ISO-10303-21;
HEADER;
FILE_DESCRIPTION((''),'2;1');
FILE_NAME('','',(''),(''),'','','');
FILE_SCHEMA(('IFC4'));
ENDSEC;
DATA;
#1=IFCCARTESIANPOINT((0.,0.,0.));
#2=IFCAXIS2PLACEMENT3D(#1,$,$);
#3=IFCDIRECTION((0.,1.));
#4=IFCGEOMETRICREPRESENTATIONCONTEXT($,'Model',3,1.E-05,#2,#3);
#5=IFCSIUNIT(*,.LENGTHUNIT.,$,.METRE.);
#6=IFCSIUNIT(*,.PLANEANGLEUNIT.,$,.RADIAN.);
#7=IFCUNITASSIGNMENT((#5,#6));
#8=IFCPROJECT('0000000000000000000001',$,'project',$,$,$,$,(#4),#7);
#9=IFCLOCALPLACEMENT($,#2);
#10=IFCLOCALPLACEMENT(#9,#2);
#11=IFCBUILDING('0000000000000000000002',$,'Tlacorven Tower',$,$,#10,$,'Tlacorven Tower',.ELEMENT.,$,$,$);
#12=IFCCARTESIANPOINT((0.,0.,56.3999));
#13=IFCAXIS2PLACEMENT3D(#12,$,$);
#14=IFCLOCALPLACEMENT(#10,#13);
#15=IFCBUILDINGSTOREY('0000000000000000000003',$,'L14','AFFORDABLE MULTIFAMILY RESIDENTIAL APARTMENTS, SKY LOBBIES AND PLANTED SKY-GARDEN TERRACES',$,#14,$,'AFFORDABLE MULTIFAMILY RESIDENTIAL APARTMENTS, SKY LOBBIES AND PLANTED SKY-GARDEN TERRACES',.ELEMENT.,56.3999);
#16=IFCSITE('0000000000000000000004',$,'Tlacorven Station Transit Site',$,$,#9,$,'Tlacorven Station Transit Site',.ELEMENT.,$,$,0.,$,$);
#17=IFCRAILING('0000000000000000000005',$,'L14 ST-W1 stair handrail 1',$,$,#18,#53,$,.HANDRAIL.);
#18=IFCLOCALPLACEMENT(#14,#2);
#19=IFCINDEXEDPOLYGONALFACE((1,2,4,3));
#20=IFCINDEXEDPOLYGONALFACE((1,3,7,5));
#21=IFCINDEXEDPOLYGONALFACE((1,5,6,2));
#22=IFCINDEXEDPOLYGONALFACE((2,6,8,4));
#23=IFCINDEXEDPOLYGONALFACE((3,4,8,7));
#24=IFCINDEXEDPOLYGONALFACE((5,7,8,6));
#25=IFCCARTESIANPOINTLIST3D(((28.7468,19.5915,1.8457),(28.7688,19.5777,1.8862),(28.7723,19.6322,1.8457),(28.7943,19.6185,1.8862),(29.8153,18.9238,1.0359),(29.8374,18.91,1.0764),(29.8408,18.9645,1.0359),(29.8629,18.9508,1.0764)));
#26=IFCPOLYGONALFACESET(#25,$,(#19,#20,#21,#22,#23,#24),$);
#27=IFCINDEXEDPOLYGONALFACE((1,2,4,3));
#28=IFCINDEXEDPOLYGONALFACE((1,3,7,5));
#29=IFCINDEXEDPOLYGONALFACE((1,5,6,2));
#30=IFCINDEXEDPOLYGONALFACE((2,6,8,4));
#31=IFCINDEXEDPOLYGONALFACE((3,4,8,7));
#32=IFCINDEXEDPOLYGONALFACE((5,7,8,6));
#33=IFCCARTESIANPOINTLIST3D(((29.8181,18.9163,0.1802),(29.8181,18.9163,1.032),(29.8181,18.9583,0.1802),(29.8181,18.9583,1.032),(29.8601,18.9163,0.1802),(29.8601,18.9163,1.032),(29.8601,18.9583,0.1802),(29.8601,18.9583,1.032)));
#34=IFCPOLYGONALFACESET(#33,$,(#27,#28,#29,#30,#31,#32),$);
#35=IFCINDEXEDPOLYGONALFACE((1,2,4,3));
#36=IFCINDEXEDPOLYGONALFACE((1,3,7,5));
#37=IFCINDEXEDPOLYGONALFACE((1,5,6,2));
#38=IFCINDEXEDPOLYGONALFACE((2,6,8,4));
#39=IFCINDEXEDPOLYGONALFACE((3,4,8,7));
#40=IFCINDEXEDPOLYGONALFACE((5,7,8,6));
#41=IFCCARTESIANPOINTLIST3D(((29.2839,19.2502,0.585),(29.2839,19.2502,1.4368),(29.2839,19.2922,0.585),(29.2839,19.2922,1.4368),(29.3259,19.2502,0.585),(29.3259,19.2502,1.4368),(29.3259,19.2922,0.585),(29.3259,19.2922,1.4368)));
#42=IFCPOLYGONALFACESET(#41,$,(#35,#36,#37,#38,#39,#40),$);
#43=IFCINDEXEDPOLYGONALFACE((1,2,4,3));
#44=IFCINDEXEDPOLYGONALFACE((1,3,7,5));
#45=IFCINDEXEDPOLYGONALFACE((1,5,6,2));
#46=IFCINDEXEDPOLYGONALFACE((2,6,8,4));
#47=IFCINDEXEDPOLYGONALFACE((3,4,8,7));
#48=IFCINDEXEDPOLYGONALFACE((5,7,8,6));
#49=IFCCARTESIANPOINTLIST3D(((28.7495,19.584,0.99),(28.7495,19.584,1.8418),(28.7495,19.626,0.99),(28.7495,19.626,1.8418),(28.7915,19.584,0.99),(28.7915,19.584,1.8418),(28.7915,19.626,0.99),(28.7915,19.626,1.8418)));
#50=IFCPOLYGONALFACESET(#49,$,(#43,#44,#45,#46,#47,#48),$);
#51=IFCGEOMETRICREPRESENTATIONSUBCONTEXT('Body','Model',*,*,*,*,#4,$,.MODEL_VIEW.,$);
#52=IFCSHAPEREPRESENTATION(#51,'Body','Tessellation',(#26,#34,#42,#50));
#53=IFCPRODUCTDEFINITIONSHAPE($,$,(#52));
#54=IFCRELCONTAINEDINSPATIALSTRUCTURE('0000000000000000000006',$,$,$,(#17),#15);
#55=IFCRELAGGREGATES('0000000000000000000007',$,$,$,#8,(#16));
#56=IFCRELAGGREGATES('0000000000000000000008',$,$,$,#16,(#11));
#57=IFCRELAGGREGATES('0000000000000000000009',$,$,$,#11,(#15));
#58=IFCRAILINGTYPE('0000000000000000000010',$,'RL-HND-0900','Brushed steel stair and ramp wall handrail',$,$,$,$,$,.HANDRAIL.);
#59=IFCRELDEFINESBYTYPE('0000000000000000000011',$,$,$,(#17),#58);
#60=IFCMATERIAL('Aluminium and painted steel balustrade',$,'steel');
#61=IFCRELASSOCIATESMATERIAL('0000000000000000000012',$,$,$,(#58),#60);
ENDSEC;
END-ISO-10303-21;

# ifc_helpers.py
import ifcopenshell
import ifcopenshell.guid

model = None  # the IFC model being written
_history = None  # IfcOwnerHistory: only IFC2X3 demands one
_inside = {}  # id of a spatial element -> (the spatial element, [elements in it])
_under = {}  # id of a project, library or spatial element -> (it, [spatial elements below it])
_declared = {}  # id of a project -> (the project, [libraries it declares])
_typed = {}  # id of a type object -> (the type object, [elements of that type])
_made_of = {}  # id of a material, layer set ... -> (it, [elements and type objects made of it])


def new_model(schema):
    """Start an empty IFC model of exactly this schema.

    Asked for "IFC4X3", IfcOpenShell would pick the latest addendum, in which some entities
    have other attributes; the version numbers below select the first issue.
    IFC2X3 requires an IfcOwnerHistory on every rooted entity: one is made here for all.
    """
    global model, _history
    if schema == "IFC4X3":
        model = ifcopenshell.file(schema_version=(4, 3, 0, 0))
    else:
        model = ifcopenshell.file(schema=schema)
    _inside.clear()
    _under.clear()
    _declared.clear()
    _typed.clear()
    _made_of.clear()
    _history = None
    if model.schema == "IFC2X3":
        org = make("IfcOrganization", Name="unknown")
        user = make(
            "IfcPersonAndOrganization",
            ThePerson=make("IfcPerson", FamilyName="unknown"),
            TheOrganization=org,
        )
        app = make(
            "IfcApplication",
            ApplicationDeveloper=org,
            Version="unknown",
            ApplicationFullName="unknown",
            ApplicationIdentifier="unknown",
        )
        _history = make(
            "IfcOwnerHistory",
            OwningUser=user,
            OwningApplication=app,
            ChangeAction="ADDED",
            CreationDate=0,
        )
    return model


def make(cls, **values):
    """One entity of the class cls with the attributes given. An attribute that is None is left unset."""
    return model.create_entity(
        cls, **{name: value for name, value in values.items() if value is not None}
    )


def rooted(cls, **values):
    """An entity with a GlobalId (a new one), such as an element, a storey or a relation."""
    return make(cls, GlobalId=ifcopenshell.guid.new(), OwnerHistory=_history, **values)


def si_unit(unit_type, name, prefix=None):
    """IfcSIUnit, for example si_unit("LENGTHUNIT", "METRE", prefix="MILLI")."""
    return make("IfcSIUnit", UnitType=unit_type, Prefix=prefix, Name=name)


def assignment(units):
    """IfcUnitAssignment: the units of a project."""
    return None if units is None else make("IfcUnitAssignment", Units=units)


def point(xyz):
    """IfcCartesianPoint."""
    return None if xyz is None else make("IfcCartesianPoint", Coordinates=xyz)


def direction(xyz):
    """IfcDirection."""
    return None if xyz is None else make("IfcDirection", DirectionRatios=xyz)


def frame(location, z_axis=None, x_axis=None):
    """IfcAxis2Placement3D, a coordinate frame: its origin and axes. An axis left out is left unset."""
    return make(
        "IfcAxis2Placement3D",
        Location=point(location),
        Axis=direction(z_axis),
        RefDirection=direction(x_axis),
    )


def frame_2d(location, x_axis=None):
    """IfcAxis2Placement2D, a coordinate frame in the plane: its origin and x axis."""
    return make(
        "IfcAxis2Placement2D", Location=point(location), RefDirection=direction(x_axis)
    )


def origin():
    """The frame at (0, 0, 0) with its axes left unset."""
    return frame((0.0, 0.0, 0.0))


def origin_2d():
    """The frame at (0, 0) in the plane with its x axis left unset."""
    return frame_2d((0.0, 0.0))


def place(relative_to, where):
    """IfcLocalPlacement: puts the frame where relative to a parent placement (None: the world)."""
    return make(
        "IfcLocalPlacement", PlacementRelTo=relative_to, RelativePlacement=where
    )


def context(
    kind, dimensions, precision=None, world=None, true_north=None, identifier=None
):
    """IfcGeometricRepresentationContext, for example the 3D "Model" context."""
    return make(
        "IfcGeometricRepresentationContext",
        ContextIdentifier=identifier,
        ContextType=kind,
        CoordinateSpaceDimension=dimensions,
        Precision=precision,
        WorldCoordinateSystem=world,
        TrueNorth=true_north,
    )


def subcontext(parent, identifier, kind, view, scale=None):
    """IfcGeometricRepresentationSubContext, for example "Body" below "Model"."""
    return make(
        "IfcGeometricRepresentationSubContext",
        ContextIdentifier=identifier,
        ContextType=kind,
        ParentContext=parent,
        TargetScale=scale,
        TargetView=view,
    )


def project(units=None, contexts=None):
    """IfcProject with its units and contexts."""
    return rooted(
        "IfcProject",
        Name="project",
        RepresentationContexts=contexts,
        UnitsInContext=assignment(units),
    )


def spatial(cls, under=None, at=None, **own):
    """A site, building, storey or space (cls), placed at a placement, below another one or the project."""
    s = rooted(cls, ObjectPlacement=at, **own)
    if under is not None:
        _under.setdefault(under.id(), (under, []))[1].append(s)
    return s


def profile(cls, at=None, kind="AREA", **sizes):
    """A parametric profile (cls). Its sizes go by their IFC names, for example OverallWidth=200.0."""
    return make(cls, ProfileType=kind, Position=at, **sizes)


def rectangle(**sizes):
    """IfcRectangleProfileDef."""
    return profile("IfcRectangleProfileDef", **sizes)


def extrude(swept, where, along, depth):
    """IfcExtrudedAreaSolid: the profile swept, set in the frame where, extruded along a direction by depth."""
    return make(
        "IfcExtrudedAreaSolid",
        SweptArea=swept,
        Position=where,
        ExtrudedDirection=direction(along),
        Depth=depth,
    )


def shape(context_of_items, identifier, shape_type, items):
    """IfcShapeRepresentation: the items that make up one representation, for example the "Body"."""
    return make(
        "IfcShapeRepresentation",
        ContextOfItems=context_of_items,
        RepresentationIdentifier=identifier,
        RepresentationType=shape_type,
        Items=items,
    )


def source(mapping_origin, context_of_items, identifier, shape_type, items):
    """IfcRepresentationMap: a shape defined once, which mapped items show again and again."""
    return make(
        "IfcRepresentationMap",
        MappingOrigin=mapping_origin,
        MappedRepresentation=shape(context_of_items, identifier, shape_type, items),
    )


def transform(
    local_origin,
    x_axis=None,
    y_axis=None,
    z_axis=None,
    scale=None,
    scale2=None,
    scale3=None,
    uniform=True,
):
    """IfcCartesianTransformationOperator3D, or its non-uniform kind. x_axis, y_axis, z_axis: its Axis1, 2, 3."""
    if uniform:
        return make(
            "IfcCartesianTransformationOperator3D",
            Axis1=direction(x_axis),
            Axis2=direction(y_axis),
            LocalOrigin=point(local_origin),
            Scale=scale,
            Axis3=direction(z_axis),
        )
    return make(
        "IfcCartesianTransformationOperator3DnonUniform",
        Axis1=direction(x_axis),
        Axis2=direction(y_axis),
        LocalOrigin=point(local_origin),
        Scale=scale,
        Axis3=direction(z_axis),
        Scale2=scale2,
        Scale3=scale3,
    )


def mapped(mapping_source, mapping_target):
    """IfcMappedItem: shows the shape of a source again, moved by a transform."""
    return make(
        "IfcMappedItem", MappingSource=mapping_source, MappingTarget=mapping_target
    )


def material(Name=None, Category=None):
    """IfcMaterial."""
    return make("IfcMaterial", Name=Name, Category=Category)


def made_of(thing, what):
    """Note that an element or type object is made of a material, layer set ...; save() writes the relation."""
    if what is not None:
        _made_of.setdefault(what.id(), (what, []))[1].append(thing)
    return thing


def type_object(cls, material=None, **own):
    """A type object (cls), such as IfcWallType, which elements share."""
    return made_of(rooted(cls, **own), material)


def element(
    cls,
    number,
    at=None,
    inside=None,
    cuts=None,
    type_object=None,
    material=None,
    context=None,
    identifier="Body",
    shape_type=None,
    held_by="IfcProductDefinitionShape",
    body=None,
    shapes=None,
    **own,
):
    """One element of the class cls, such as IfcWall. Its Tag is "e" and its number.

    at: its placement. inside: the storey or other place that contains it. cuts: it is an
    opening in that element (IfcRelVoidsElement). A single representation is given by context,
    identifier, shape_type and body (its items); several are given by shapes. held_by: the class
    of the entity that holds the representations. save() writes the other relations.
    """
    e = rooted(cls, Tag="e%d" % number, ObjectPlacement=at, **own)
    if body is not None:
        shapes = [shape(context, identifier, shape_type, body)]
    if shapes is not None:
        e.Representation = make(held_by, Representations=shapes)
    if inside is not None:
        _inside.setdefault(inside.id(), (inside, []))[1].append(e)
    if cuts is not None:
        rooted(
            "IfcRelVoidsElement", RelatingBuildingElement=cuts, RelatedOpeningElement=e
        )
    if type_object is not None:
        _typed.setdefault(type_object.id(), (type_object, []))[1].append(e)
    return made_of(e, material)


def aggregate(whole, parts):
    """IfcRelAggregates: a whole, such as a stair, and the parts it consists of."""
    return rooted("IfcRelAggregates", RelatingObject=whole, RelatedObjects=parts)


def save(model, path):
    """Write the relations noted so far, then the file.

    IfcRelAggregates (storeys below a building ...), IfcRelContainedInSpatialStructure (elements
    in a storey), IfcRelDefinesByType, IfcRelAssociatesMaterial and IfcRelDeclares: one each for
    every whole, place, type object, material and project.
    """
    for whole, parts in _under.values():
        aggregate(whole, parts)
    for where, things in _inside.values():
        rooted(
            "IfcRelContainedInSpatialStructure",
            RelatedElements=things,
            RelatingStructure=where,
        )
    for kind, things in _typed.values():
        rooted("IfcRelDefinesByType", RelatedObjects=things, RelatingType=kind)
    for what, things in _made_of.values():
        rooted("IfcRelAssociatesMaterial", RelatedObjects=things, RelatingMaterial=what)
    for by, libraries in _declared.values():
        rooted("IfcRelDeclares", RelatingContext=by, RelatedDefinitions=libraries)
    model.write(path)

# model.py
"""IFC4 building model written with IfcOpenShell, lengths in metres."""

from ifc_helpers import new_model, si_unit, direction, frame, origin, origin_2d, place, context, subcontext, project, spatial, rectangle, extrude, source, transform, mapped, material, type_object, element, save


model = new_model("IFC4")

# Units and contexts
model_context = context("Model", 3, precision=1e-05, world=origin(), true_north=direction((0.0, 1.0)))
body_context = subcontext(model_context, "Body", "Model", "MODEL_VIEW")
ifc_project = project(units=[si_unit("LENGTHUNIT", "METRE"), si_unit("PLANEANGLEUNIT", "RADIAN")], contexts=[model_context])

# Site, building, storey
site_placement = place(None, origin())
site = spatial("IfcSite", under=ifc_project, at=site_placement, Name="Tlacorven Station Transit Site", LongName="Tlacorven Station Transit Site", CompositionType="ELEMENT", RefElevation=0.0)
building_placement = place(site_placement, origin())
building = spatial("IfcBuilding", under=site, at=building_placement, Name="Tlacorven Tower", LongName="Tlacorven Tower", CompositionType="ELEMENT")
storey_placement = place(building_placement, frame((0.0, 0.0, 56.3999)))
storey = spatial("IfcBuildingStorey", under=building, at=storey_placement, Name="L14", Description="AFFORDABLE MULTIFAMILY RESIDENTIAL APARTMENTS, SKY LOBBIES AND PLANTED SKY-GARDEN TERRACES", LongName="AFFORDABLE MULTIFAMILY RESIDENTIAL APARTMENTS, SKY LOBBIES AND PLANTED SKY-GARDEN TERRACES", CompositionType="ELEMENT", Elevation=56.3999)

# Railing
ifc_material_1 = material(Name="Aluminium and painted steel balustrade", Category="steel")
railing_type_1 = type_object("IfcRailingType", Name="RL-HND-0900", Description="Brushed steel stair and ramp wall handrail", PredefinedType="HANDRAIL", material=ifc_material_1)
shared_shape_1 = source(origin(), body_context, "Body", "SweptSolid", [
    extrude(rectangle(XDim=0.0481, YDim=0.0481, at=origin_2d()), frame((0.0, 0.0, 0.876), z_axis=(-0.713423, 0.445787, 0.540649), x_axis=(-0.529912, -0.848053, 0.0)), (0.0, 0.0, 1.0), 1.4978),
    extrude(rectangle(XDim=0.042, YDim=0.042, at=origin_2d()), origin(), (0.0, 0.0, 1.0), 0.8518),
    extrude(rectangle(XDim=0.042, YDim=0.042, at=origin_2d()), frame((-0.5342, 0.334, 0.4048)), (0.0, 0.0, 1.0), 0.8518),
    extrude(rectangle(XDim=0.042, YDim=0.042, at=origin_2d()), frame((-1.0686, 0.6677, 0.8098)), (0.0, 0.0, 1.0), 0.8518),
])
railing_1_placement = place(storey_placement, frame((29.8391, 18.9373, 0.1802)))
element("IfcRailing", 1, at=railing_1_placement, inside=storey, type_object=railing_type_1, Name="L14 ST-W1 stair handrail 1", PredefinedType="HANDRAIL", context=body_context, shape_type="MappedRepresentation", body=[
    mapped(shared_shape_1, transform((0.0, 0.0, 0.0), scale=1.0)),
])

save(model, "model.ifc")
